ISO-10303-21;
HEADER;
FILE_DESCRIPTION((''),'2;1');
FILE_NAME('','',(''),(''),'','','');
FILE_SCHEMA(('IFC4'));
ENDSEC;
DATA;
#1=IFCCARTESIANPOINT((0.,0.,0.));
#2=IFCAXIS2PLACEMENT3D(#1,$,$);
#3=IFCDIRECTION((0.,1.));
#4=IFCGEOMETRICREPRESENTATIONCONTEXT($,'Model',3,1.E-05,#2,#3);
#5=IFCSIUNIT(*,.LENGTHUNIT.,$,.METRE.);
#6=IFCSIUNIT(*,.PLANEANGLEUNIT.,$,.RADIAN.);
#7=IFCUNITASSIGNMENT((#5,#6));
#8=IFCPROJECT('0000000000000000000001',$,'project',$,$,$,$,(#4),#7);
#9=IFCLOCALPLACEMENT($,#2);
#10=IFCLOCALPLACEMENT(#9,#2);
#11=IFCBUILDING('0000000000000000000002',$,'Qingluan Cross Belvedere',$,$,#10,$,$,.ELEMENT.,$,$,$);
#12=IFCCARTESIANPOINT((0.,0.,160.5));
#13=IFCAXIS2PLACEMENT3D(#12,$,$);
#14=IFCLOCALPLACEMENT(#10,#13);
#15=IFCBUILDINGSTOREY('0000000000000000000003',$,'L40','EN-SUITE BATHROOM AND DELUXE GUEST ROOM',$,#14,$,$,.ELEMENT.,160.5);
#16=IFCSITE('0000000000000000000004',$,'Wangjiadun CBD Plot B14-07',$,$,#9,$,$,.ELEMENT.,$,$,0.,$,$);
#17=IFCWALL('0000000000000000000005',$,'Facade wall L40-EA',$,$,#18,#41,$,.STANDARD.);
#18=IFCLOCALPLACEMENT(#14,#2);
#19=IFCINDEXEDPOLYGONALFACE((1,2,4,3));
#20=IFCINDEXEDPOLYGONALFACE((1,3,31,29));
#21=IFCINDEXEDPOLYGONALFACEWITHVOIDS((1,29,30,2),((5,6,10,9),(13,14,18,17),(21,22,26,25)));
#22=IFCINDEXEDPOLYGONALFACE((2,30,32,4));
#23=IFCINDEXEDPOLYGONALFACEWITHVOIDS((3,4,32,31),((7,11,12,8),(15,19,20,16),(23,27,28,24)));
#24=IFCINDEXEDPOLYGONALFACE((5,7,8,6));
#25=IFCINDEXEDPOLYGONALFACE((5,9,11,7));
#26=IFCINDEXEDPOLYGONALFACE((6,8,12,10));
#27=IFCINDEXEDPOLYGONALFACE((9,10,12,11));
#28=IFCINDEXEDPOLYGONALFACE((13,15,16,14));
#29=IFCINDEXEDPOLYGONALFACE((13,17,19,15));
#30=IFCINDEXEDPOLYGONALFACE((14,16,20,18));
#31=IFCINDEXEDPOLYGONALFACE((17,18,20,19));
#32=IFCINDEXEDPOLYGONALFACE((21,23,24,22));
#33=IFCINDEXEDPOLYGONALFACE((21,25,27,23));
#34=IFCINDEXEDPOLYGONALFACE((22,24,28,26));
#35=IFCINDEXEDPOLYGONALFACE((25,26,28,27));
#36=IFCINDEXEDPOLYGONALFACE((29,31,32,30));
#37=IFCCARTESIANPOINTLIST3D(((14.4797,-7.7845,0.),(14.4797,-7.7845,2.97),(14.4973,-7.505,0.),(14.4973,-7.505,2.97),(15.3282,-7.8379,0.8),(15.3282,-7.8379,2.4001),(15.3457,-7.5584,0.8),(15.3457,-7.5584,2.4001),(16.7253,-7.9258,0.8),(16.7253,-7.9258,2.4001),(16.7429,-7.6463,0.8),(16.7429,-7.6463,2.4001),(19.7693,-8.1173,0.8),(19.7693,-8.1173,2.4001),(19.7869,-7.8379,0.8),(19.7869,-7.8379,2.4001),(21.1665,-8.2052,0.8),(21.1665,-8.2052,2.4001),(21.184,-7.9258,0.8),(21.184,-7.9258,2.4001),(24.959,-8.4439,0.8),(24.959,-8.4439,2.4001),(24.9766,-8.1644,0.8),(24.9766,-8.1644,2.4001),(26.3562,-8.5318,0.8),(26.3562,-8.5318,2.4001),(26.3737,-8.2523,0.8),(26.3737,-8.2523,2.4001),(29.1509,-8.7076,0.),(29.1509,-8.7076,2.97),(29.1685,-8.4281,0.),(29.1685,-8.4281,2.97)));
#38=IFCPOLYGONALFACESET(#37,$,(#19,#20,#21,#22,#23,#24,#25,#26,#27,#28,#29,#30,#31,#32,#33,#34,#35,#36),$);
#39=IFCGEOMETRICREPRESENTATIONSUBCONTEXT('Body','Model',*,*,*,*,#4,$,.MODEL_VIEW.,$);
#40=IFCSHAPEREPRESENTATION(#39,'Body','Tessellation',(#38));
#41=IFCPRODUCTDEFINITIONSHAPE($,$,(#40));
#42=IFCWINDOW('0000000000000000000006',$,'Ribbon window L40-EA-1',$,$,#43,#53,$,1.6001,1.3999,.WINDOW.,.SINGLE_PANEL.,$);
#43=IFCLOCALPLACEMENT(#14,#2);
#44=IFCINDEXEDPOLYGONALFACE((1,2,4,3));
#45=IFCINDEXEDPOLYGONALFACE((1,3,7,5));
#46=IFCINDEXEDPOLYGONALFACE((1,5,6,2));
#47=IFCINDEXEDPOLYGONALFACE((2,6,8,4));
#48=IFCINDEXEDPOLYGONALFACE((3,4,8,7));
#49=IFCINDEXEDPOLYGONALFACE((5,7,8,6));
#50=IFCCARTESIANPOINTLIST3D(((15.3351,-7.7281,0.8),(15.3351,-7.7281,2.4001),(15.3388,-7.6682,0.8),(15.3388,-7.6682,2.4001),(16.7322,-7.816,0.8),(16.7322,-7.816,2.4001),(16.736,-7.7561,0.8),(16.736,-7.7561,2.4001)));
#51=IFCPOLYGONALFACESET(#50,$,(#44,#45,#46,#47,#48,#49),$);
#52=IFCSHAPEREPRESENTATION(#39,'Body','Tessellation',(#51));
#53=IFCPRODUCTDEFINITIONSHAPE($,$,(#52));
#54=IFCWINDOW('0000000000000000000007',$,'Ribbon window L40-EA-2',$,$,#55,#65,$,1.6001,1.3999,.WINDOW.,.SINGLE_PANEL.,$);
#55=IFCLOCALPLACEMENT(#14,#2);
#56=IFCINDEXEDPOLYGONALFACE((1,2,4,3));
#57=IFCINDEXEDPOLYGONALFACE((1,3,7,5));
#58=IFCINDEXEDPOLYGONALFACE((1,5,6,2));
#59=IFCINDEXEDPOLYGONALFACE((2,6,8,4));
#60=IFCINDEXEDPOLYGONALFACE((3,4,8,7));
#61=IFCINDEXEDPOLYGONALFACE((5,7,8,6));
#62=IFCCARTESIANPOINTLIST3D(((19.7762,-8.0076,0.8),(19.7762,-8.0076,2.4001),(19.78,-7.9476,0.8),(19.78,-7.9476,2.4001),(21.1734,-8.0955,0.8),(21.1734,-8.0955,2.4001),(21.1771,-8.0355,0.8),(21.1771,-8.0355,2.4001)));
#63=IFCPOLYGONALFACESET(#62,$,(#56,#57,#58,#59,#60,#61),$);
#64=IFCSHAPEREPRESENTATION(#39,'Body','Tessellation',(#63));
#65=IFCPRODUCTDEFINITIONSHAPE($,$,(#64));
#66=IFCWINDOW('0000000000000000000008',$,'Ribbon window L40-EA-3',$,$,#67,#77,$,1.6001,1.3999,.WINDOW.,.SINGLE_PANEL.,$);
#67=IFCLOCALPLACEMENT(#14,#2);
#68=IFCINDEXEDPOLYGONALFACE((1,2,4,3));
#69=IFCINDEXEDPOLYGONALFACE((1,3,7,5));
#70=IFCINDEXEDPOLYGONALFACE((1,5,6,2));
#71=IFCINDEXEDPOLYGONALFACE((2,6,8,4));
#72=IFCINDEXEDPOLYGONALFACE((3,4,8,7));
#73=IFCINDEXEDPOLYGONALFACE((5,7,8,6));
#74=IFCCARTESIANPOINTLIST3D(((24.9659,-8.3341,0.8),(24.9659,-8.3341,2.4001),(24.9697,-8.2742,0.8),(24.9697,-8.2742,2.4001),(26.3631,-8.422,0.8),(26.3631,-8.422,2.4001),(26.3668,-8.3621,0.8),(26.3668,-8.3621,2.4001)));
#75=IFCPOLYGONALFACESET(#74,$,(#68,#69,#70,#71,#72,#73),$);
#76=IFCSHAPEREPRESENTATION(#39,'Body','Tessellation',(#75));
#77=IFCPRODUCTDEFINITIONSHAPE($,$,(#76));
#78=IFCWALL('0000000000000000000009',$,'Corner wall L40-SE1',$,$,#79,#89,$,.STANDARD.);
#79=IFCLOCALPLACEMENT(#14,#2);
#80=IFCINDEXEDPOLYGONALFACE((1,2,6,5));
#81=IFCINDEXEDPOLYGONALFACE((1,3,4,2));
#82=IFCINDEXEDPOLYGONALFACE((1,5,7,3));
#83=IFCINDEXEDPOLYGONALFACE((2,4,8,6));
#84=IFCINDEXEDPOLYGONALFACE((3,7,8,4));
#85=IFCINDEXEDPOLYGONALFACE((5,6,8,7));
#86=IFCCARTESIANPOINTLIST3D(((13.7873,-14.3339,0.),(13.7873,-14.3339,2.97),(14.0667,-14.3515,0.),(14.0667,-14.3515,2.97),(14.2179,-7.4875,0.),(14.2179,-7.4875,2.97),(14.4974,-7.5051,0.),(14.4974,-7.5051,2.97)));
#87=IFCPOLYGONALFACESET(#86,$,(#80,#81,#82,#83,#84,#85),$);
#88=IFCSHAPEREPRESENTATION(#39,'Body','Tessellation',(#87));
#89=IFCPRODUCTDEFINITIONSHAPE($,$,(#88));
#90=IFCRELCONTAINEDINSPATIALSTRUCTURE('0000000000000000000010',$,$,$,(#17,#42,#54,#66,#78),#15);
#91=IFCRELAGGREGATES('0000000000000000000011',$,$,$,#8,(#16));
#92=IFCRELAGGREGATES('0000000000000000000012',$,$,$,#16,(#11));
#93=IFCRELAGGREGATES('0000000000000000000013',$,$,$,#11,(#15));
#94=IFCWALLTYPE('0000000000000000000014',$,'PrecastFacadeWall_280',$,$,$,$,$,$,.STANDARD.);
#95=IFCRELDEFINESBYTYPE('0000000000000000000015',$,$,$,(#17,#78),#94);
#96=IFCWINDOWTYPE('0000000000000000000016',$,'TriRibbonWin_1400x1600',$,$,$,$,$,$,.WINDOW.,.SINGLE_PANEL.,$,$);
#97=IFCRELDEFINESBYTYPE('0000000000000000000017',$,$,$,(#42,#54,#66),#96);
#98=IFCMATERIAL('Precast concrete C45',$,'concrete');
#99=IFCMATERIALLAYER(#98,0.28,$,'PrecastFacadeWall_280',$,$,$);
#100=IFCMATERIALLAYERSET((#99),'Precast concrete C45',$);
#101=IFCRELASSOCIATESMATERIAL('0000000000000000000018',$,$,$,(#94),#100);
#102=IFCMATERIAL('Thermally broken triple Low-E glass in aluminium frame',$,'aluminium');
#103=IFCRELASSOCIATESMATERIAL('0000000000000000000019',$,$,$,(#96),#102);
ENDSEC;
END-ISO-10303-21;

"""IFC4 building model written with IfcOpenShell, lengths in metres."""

from ifc_helpers import new_model, si_unit, direction, frame, frame_2d, origin, place, context, subcontext, project, spatial, rectangle, extrude, material, layer, layer_set, type_object, element, fill, save


model = new_model("IFC4")

# Units and contexts
model_context = context("Model", 3, precision=1e-05, world=origin(), true_north=direction((0.0, 1.0)))
body_context = subcontext(model_context, "Body", "Model", "MODEL_VIEW")
ifc_project = project(units=[si_unit("LENGTHUNIT", "METRE"), si_unit("PLANEANGLEUNIT", "RADIAN")], contexts=[model_context])

# Site, building, storey
site_placement = place(None, origin())
site = spatial("IfcSite", under=ifc_project, at=site_placement, Name="Wangjiadun CBD Plot B14-07", CompositionType="ELEMENT", RefElevation=0.0)
building_placement = place(site_placement, origin())
building = spatial("IfcBuilding", under=site, at=building_placement, Name="Qingluan Cross Belvedere", CompositionType="ELEMENT")
storey_placement = place(building_placement, frame((0.0, 0.0, 160.5)))
storey = spatial("IfcBuildingStorey", under=building, at=storey_placement, Name="L40", Description="EN-SUITE BATHROOM AND DELUXE GUEST ROOM", CompositionType="ELEMENT", Elevation=160.5)

# Wall, openings, windows
ifc_material_1 = material(Name="Precast concrete C45", Category="concrete")
ifc_layer_1 = layer(ifc_material_1, 0.28, Name="PrecastFacadeWall_280")
ifc_layer_set_1 = layer_set([ifc_layer_1], Name="Precast concrete C45")
wall_type_1 = type_object("IfcWallType", Name="PrecastFacadeWall_280", PredefinedType="STANDARD", material=ifc_layer_set_1)
wall_1_placement = place(storey_placement, frame((14.4885, -7.6448, 0.0), z_axis=(0.0, 0.0, 1.0), x_axis=(0.998026, -0.062795, 0.0)))
wall_1 = element("IfcWall", 1, at=wall_1_placement, inside=storey, type_object=wall_type_1, Name="Facade wall L40-EA", PredefinedType="STANDARD", context=body_context, shape_type="SweptSolid", body=[
    extrude(rectangle(XDim=14.7002, YDim=0.28, at=frame_2d((7.3501, 0.0))), origin(), (0.0, 0.0, 1.0), 2.97),
])
opening_1_placement = place(wall_1_placement, frame((0.8501, 0.0, 0.8)))
opening_1 = element("IfcOpeningElement", 2, at=opening_1_placement, cuts=wall_1, PredefinedType="OPENING", context=body_context, shape_type="SweptSolid", body=[
    extrude(rectangle(XDim=1.3999, YDim=1.6001, at=frame_2d((0.7, 0.8))), frame((0.0, 0.1499, 0.0), z_axis=(0.0, -1.0, 0.0), x_axis=(1.0, 0.0, 0.0)), (0.0, 0.0, 1.0), 0.3),
])
opening_2_placement = place(wall_1_placement, frame((5.3, 0.0, 0.8)))
opening_2 = element("IfcOpeningElement", 3, at=opening_2_placement, cuts=wall_1, PredefinedType="OPENING", context=body_context, shape_type="SweptSolid", body=[
    extrude(rectangle(XDim=1.3999, YDim=1.6001, at=frame_2d((0.7, 0.8))), frame((0.0, 0.1499, 0.0), z_axis=(0.0, -1.0, 0.0), x_axis=(1.0, 0.0, 0.0)), (0.0, 0.0, 1.0), 0.3),
])
opening_3_placement = place(wall_1_placement, frame((10.5, 0.0, 0.8)))
opening_3 = element("IfcOpeningElement", 4, at=opening_3_placement, cuts=wall_1, PredefinedType="OPENING", context=body_context, shape_type="SweptSolid", body=[
    extrude(rectangle(XDim=1.3999, YDim=1.6001, at=frame_2d((0.7, 0.8))), frame((0.0, 0.1499, 0.0), z_axis=(0.0, -1.0, 0.0), x_axis=(1.0, 0.0, 0.0)), (0.0, 0.0, 1.0), 0.3),
])
ifc_material_2 = material(Name="Thermally broken triple Low-E glass in aluminium frame", Category="aluminium")
window_type = type_object("IfcWindowType", Name="TriRibbonWin_1400x1600", PartitioningType="SINGLE_PANEL", PredefinedType="WINDOW", material=ifc_material_2)
window_1_placement = place(opening_1_placement, origin())
window_1 = element("IfcWindow", 5, at=window_1_placement, inside=storey, type_object=window_type, Name="Ribbon window L40-EA-1", OverallHeight=1.6001, OverallWidth=1.3999, PartitioningType="SINGLE_PANEL", PredefinedType="WINDOW", context=body_context, shape_type="SweptSolid", body=[
    extrude(rectangle(XDim=1.3999, YDim=1.6001, at=frame_2d((0.7, 0.8))), frame((0.0, 0.03, 0.0), z_axis=(0.0, -1.0, 0.0), x_axis=(1.0, 0.0, 0.0)), (0.0, 0.0, 1.0), 0.0601),
])
fill(opening_1, window_1)
window_2_placement = place(opening_2_placement, origin())
window_2 = element("IfcWindow", 6, at=window_2_placement, inside=storey, type_object=window_type, Name="Ribbon window L40-EA-2", OverallHeight=1.6001, OverallWidth=1.3999, PartitioningType="SINGLE_PANEL", PredefinedType="WINDOW", context=body_context, shape_type="SweptSolid", body=[
    extrude(rectangle(XDim=1.3999, YDim=1.6001, at=frame_2d((0.7, 0.8))), frame((0.0, 0.03, 0.0), z_axis=(0.0, -1.0, 0.0), x_axis=(1.0, 0.0, 0.0)), (0.0, 0.0, 1.0), 0.0601),
])
fill(opening_2, window_2)
window_3_placement = place(opening_3_placement, origin())
window_3 = element("IfcWindow", 7, at=window_3_placement, inside=storey, type_object=window_type, Name="Ribbon window L40-EA-3", OverallHeight=1.6001, OverallWidth=1.3999, PartitioningType="SINGLE_PANEL", PredefinedType="WINDOW", context=body_context, shape_type="SweptSolid", body=[
    extrude(rectangle(XDim=1.3999, YDim=1.6001, at=frame_2d((0.7, 0.8))), frame((0.0, 0.03, 0.0), z_axis=(0.0, -1.0, 0.0), x_axis=(1.0, 0.0, 0.0)), (0.0, 0.0, 1.0), 0.0601),
])
fill(opening_3, window_3)

# Wall
wall_2_placement = place(storey_placement, frame((14.3577, -7.4963, 0.0), z_axis=(0.0, 0.0, 1.0), x_axis=(-0.062779, -0.998027, 0.0)))
element("IfcWall", 8, at=wall_2_placement, inside=storey, type_object=wall_type_1, Name="Corner wall L40-SE1", PredefinedType="STANDARD", context=body_context, shape_type="SweptSolid", body=[
    extrude(rectangle(XDim=6.8599, YDim=0.28, at=frame_2d((3.4299, 0.0))), origin(), (0.0, 0.0, 1.0), 2.97),
])

save(model, "model.ifc")
